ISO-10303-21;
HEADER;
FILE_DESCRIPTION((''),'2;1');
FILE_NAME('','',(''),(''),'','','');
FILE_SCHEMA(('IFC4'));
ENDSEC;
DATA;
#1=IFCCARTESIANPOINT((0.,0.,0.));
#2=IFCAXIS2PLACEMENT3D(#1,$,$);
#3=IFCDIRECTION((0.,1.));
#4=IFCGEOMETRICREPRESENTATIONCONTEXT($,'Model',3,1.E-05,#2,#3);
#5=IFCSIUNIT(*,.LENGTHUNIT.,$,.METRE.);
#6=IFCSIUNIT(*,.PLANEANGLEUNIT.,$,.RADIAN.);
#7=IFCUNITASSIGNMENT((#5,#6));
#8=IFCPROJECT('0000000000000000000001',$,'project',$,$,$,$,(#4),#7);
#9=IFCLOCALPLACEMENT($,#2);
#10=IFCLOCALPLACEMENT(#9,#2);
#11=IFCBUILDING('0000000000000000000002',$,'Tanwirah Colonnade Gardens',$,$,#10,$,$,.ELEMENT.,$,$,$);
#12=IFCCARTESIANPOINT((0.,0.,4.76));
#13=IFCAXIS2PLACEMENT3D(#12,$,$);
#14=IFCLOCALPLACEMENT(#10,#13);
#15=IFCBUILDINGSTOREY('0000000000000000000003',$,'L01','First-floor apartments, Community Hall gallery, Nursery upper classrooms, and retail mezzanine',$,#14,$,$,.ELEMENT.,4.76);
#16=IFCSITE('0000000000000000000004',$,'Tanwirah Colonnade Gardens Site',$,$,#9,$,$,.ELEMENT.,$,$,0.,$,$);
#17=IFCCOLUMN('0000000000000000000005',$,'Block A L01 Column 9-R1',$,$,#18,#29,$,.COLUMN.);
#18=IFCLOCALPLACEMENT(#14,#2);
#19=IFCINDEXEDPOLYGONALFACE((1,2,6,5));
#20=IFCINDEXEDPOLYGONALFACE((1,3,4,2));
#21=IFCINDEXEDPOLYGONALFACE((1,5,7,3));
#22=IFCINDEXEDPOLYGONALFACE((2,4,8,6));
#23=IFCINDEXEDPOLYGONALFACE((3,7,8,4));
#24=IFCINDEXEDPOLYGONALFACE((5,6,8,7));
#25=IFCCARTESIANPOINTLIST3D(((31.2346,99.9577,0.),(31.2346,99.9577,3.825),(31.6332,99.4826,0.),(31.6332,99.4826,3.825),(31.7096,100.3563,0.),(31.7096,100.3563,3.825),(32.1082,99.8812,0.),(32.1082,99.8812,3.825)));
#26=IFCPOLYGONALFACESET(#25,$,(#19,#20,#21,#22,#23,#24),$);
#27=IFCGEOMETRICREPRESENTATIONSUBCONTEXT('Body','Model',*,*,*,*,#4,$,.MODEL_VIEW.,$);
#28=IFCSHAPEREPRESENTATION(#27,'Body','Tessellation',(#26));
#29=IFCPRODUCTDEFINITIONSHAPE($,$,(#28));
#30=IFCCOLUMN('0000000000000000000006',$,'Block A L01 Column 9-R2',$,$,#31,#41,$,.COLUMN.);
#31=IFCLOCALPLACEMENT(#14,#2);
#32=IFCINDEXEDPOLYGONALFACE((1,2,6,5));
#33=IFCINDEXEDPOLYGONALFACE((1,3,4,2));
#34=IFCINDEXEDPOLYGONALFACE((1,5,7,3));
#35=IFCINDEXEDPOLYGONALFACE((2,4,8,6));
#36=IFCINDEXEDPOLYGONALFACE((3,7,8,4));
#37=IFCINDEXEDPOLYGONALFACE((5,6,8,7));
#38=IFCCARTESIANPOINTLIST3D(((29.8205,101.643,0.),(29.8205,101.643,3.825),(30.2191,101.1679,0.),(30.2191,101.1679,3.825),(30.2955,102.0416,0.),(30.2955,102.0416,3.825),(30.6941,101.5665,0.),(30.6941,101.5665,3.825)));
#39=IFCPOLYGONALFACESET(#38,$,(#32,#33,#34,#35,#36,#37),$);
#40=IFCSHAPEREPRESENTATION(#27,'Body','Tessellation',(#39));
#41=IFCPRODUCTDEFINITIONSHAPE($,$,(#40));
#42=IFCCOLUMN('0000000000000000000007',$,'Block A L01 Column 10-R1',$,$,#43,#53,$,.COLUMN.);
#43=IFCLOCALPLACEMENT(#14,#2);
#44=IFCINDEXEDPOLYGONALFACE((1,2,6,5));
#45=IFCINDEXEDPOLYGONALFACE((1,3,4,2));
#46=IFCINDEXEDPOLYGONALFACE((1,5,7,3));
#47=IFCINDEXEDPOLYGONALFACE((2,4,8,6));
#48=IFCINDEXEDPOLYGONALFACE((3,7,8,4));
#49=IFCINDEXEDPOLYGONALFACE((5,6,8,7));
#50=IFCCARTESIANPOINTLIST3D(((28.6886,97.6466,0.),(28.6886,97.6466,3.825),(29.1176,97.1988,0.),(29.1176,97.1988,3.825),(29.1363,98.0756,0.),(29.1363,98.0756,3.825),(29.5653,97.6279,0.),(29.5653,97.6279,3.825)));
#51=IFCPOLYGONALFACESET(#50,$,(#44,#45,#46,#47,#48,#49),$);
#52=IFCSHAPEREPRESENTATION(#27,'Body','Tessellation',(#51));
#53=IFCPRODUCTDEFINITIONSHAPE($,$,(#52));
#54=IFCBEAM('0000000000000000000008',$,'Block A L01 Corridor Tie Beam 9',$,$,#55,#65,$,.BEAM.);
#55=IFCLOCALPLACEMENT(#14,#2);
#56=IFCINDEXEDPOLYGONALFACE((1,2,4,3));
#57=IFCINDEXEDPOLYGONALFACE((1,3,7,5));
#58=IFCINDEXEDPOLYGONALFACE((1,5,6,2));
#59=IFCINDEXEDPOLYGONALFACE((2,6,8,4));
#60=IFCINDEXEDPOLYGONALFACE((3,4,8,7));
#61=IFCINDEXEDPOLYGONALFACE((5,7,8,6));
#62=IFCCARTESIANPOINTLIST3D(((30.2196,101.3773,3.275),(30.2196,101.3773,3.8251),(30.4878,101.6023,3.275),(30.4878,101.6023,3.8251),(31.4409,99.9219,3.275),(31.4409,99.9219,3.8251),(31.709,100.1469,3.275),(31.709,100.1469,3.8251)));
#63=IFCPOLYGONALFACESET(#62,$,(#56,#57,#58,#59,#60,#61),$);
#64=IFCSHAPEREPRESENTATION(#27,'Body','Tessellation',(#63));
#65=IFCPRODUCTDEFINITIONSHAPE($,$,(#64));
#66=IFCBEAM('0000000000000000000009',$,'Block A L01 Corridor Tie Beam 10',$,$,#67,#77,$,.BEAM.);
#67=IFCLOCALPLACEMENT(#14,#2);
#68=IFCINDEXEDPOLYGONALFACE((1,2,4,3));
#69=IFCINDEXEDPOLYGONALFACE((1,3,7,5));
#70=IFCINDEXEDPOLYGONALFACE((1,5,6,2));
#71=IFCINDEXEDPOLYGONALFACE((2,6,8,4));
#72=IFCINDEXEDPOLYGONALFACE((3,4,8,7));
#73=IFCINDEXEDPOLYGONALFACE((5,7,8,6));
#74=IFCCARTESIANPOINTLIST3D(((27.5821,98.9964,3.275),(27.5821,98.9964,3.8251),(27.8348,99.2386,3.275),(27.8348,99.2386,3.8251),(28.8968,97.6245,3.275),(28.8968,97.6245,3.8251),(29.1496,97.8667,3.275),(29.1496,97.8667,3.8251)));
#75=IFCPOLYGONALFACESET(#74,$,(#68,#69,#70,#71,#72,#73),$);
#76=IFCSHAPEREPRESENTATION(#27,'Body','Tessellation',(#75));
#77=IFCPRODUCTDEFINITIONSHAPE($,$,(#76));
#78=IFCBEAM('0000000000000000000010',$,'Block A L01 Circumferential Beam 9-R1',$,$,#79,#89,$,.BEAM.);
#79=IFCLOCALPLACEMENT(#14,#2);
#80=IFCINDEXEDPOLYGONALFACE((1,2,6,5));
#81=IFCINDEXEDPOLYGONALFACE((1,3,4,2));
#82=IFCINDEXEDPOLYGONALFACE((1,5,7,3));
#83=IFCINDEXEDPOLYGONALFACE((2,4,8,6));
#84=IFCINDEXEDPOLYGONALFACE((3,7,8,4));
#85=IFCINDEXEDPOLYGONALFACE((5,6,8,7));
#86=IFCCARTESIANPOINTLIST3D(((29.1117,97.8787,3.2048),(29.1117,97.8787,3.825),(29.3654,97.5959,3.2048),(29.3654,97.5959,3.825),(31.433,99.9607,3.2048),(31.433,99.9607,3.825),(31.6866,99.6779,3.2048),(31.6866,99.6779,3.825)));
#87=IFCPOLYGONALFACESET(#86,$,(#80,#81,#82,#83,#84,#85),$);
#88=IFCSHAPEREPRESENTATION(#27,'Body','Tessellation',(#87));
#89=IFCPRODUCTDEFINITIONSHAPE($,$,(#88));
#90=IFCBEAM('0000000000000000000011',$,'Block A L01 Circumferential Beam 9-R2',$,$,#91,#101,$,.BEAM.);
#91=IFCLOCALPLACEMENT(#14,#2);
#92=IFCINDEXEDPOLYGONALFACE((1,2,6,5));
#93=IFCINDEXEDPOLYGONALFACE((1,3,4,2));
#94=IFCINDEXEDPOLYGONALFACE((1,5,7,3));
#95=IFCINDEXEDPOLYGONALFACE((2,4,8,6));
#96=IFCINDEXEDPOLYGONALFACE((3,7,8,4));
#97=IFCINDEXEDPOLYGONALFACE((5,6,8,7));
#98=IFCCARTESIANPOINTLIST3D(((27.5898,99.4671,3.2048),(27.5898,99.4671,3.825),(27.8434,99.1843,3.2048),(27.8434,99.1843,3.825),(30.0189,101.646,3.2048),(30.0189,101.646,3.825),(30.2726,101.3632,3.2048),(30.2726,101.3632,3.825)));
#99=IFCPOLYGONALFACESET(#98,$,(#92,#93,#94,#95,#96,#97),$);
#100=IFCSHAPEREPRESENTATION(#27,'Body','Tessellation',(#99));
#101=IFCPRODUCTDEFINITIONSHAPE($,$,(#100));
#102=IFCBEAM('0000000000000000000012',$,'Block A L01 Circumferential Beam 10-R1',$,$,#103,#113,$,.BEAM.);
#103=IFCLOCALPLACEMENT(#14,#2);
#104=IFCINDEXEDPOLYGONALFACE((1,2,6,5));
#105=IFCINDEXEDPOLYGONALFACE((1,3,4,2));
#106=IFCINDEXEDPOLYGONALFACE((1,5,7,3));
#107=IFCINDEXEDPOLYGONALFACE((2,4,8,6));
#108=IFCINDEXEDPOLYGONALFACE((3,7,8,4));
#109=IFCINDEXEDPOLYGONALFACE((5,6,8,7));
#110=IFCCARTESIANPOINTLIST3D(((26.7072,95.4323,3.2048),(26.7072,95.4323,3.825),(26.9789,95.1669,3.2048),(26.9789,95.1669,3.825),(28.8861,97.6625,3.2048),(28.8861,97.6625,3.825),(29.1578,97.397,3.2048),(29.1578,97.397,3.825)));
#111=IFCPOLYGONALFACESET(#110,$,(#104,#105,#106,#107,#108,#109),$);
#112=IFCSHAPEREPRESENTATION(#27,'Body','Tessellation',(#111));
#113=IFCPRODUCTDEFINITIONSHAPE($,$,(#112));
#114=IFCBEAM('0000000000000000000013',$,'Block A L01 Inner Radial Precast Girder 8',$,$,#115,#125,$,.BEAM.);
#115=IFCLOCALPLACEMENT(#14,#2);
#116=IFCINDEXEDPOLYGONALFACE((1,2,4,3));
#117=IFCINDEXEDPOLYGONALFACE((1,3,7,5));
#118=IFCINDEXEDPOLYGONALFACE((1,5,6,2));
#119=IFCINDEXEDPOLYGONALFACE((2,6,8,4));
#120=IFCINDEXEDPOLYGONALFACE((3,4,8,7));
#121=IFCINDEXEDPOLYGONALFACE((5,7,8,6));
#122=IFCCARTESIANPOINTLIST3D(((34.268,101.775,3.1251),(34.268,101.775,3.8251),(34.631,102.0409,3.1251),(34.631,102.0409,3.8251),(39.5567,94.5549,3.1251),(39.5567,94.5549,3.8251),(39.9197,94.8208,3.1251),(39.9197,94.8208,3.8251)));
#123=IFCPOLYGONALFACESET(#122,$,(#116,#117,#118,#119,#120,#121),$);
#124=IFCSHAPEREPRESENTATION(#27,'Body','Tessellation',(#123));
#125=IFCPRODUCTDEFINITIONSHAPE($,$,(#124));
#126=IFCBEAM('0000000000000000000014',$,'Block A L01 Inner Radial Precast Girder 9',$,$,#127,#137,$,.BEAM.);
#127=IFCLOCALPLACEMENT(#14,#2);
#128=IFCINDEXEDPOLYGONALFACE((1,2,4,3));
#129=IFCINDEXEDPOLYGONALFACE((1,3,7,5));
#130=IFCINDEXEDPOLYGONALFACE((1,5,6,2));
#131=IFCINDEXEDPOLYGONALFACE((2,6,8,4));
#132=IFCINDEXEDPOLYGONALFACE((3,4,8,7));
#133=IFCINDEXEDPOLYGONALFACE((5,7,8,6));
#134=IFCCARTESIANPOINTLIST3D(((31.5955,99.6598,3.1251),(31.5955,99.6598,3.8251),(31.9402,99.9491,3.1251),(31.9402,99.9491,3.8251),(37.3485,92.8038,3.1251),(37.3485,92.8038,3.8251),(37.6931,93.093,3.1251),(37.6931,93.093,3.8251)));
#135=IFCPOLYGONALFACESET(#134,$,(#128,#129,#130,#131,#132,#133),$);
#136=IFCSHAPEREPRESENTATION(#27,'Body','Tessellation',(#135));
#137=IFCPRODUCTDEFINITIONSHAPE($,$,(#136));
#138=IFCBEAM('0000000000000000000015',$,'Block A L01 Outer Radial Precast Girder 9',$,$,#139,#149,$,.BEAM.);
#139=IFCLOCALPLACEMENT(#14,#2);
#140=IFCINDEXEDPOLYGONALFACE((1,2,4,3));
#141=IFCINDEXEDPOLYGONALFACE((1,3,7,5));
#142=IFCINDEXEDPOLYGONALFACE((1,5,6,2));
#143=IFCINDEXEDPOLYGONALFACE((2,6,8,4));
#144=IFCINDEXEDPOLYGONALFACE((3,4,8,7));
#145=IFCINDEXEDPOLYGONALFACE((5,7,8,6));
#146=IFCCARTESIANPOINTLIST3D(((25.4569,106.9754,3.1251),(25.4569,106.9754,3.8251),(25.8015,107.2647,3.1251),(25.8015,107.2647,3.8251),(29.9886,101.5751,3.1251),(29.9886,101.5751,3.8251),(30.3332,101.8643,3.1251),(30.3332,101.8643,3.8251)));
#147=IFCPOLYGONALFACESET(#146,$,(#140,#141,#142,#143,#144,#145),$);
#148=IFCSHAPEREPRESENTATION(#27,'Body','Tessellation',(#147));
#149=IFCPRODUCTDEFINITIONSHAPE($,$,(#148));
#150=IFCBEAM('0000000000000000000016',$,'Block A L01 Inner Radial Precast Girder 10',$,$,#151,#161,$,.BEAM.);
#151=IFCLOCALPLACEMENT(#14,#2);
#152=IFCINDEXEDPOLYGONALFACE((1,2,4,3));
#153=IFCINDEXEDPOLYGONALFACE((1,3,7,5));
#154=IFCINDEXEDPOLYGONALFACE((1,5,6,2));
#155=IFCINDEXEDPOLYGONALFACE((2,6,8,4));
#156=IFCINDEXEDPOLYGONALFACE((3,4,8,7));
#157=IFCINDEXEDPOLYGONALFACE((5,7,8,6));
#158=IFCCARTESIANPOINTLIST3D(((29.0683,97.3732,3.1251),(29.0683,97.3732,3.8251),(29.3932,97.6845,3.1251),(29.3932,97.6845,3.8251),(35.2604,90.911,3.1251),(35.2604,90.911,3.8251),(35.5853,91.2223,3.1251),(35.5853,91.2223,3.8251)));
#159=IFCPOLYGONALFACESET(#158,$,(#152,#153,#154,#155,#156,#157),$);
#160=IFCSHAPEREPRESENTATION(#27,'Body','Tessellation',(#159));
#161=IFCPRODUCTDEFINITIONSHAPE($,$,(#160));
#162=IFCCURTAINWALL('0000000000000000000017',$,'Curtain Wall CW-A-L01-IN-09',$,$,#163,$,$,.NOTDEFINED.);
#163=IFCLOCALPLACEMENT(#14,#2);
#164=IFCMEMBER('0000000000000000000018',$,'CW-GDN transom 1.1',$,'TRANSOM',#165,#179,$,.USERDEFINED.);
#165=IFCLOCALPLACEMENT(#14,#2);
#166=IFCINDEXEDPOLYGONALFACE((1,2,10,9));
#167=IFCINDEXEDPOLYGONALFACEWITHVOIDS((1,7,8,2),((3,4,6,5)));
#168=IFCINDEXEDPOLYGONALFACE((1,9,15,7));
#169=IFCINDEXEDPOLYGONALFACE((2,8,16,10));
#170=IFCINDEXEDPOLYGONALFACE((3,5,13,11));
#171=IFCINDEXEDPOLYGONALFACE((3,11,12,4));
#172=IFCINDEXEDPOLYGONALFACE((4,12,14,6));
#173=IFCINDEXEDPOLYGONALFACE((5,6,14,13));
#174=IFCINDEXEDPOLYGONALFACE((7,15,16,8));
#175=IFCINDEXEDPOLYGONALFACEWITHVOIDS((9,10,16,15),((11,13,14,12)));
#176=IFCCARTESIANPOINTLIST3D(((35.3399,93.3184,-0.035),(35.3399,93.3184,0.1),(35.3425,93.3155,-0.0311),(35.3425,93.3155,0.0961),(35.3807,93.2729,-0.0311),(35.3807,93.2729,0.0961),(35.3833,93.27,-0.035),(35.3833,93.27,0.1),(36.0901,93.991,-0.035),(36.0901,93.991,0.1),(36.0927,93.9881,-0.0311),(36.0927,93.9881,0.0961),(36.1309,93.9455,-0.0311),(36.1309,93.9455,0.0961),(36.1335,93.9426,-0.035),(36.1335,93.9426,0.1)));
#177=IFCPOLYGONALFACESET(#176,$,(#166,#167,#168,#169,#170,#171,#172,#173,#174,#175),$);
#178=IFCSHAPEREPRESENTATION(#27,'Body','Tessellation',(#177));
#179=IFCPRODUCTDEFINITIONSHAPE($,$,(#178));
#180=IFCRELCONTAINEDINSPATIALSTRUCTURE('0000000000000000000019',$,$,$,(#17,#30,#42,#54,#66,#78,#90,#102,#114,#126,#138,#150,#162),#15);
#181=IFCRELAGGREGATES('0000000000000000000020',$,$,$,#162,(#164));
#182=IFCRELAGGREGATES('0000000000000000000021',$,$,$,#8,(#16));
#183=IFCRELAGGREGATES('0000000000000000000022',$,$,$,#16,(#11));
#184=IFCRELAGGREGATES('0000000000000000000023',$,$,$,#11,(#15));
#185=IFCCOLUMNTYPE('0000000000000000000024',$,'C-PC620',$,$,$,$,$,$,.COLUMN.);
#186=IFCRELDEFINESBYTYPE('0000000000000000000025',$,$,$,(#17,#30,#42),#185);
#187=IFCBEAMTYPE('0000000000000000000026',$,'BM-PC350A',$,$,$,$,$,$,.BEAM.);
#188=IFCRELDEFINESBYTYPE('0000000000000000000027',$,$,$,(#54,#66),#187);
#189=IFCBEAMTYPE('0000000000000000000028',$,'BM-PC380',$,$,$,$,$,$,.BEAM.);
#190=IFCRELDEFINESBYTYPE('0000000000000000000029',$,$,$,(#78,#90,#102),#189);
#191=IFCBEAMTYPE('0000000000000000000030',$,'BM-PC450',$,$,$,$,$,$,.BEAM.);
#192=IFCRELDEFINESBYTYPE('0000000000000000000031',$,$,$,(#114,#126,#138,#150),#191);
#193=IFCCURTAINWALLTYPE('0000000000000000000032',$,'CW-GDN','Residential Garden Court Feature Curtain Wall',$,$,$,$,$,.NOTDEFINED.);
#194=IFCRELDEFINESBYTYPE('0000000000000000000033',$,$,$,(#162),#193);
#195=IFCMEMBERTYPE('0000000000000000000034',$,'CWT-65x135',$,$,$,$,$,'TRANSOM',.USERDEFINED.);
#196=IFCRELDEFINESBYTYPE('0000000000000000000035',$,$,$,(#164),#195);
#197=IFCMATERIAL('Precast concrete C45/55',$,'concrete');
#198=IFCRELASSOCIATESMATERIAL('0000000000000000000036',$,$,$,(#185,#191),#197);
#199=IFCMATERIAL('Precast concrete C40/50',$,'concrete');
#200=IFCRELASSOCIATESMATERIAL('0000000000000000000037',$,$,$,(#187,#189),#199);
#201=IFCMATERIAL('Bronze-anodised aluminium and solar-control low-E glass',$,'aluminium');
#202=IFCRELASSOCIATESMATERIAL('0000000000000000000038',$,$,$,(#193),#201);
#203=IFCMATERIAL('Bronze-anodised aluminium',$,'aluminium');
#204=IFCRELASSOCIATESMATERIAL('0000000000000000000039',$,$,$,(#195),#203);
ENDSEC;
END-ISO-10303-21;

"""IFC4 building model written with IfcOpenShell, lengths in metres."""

from ifc_helpers import new_model, si_unit, direction, frame, origin, origin_2d, place, context, subcontext, project, spatial, rectangle, hollow_rectangle, extrude, material, material_profile, profile_set, type_object, element, aggregate, save


model = new_model("IFC4")

# Units and contexts
model_context = context("Model", 3, precision=1e-05, world=origin(), true_north=direction((0.0, 1.0)))
body_context = subcontext(model_context, "Body", "Model", "MODEL_VIEW")
ifc_project = project(units=[si_unit("LENGTHUNIT", "METRE"), si_unit("PLANEANGLEUNIT", "RADIAN")], contexts=[model_context])

# Site, building, storey
site_placement = place(None, origin())
site = spatial("IfcSite", under=ifc_project, at=site_placement, Name="Tanwirah Colonnade Gardens Site", CompositionType="ELEMENT", RefElevation=0.0)
building_placement = place(site_placement, origin())
building = spatial("IfcBuilding", under=site, at=building_placement, Name="Tanwirah Colonnade Gardens", CompositionType="ELEMENT")
storey_placement = place(building_placement, frame((0.0, 0.0, 4.76)))
storey = spatial("IfcBuildingStorey", under=building, at=storey_placement, Name="L01", Description="First-floor apartments, Community Hall gallery, Nursery upper classrooms, and retail mezzanine", CompositionType="ELEMENT", Elevation=4.76)

# Columns
ifc_material_1 = material(Name="Precast concrete C45/55", Category="concrete")
ifc_material_profile_1 = material_profile(ifc_material_1, rectangle(XDim=0.6201, YDim=0.6201, at=origin_2d()), Name="PC-COL 620x620")
ifc_profile_set_1 = profile_set([ifc_material_profile_1], Name="Precast concrete C45/55")
column_type = type_object("IfcColumnType", Name="C-PC620", PredefinedType="COLUMN", material=ifc_profile_set_1)
for number, where, z_axis, x_axis, name in (
    (1, (31.6714, 99.9194, 0.0), (0.0, 0.0, 1.0), (-0.642788, 0.766044, 0.0), "Block A L01 Column 9-R1"),
    (2, (30.2573, 101.6047, 0.0), (0.0, 0.0, 1.0), (-0.642788, 0.766044, 0.0), "Block A L01 Column 9-R2"),
    (3, (29.127, 97.6372, 0.0), (0.0, 0.0, 1.0), (-0.691863, 0.722029, 0.0), "Block A L01 Column 10-R1"),
):
    element("IfcColumn", number, at=place(storey_placement, frame(where, z_axis=z_axis, x_axis=x_axis)), inside=storey, type_object=column_type, Name=name, PredefinedType="COLUMN", context=body_context, shape_type="SweptSolid", body=[
        extrude(rectangle(XDim=0.6201, YDim=0.6201, at=origin_2d()), origin(), (0.0, 0.0, 1.0), 3.825),
    ])

# Beams
ifc_material_2 = material(Name="Precast concrete C40/50", Category="concrete")
ifc_material_profile_2 = material_profile(ifc_material_2, rectangle(XDim=0.3501, YDim=0.55, at=origin_2d()), Name="PC-BM 350x550")
ifc_profile_set_2 = profile_set([ifc_material_profile_2], Name="Precast concrete C40/50")
beam_type_1 = type_object("IfcBeamType", Name="BM-PC350A", PredefinedType="BEAM", material=ifc_profile_set_2)
beam_1_placement = place(storey_placement, frame((31.575, 100.0344, 3.55), z_axis=(-0.642797, 0.766036, 0.0), x_axis=(-0.766036, -0.642797, 0.0)))
element("IfcBeam", 4, at=beam_1_placement, inside=storey, type_object=beam_type_1, Name="Block A L01 Corridor Tie Beam 9", PredefinedType="BEAM", context=body_context, shape_type="SweptSolid", body=[
    extrude(rectangle(XDim=0.3501, YDim=0.55, at=origin_2d()), origin(), (0.0, 0.0, 1.0), 1.8999),
])
beam_2_placement = place(storey_placement, frame((29.0232, 97.7456, 3.55), z_axis=(-0.691914, 0.72198, 0.0), x_axis=(-0.72198, -0.691914, 0.0)))
element("IfcBeam", 5, at=beam_2_placement, inside=storey, type_object=beam_type_1, Name="Block A L01 Corridor Tie Beam 10", PredefinedType="BEAM", context=body_context, shape_type="SweptSolid", body=[
    extrude(rectangle(XDim=0.3501, YDim=0.55, at=origin_2d()), origin(), (0.0, 0.0, 1.0), 1.9001),
])
ifc_material_profile_3 = material_profile(ifc_material_2, rectangle(XDim=0.3799, YDim=0.6201, at=origin_2d()), Name="PC-BM 380x620")
ifc_profile_set_3 = profile_set([ifc_material_profile_3], Name="Precast concrete C40/50")
beam_type_2 = type_object("IfcBeamType", Name="BM-PC380", PredefinedType="BEAM", material=ifc_profile_set_3)
beam_3_placement = place(storey_placement, frame((31.5598, 99.8193, 3.5149), z_axis=(-0.74443, -0.667701, 0.0), x_axis=(0.667701, -0.74443, 0.0)))
element("IfcBeam", 6, at=beam_3_placement, inside=storey, type_object=beam_type_2, Name="Block A L01 Circumferential Beam 9-R1", PredefinedType="BEAM", context=body_context, shape_type="SweptSolid", body=[
    extrude(rectangle(XDim=0.3799, YDim=0.6201, at=origin_2d()), origin(), (0.0, 0.0, 1.0), 3.1182),
])
beam_4_placement = place(storey_placement, frame((30.1458, 101.5046, 3.5149), z_axis=(-0.744409, -0.667724, 0.0), x_axis=(0.667724, -0.744409, 0.0)))
element("IfcBeam", 7, at=beam_4_placement, inside=storey, type_object=beam_type_2, Name="Block A L01 Circumferential Beam 9-R2", PredefinedType="BEAM", context=body_context, shape_type="SweptSolid", body=[
    extrude(rectangle(XDim=0.3799, YDim=0.6201, at=origin_2d()), origin(), (0.0, 0.0, 1.0), 3.2632),
])
beam_5_placement = place(storey_placement, frame((29.022, 97.5298, 3.5149), z_axis=(-0.698837, -0.715281, 0.0), x_axis=(0.715281, -0.698837, 0.0)))
element("IfcBeam", 8, at=beam_5_placement, inside=storey, type_object=beam_type_2, Name="Block A L01 Circumferential Beam 10-R1", PredefinedType="BEAM", context=body_context, shape_type="SweptSolid", body=[
    extrude(rectangle(XDim=0.3799, YDim=0.6201, at=origin_2d()), origin(), (0.0, 0.0, 1.0), 3.1179),
])
ifc_material_profile_4 = material_profile(ifc_material_1, rectangle(XDim=0.45, YDim=0.7, at=origin_2d()), Name="PC-BM 450x700")
ifc_profile_set_4 = profile_set([ifc_material_profile_4], Name="Precast concrete C45/55")
beam_type_3 = type_object("IfcBeamType", Name="BM-PC450", PredefinedType="BEAM", material=ifc_profile_set_4)
for number, where, z_axis, x_axis, name in (
    (9, (34.4495, 101.908, 3.4751), (0.590927, -0.806725, 0.0), (0.806725, 0.590927, 0.0), "Block A L01 Inner Radial Precast Girder 8"),
    (10, (31.7678, 99.8044, 3.4751), (0.642794, -0.766039, 0.0), (0.766039, 0.642794, 0.0), "Block A L01 Inner Radial Precast Girder 9"),
):
    element("IfcBeam", number, at=place(storey_placement, frame(where, z_axis=z_axis, x_axis=x_axis)), inside=storey, type_object=beam_type_3, Name=name, PredefinedType="BEAM", context=body_context, shape_type="SweptSolid", body=[
        extrude(rectangle(XDim=0.45, YDim=0.7, at=origin_2d()), origin(), (0.0, 0.0, 1.0), 8.95),
    ])
beam_6_placement = place(storey_placement, frame((30.1609, 101.7197, 3.4751), z_axis=(-0.64281, 0.766025, 0.0), x_axis=(-0.766025, -0.64281, 0.0)))
element("IfcBeam", 11, at=beam_6_placement, inside=storey, type_object=beam_type_3, Name="Block A L01 Outer Radial Precast Girder 9", PredefinedType="BEAM", context=body_context, shape_type="SweptSolid", body=[
    extrude(rectangle(XDim=0.45, YDim=0.7, at=origin_2d()), origin(), (0.0, 0.0, 1.0), 7.0498),
])
beam_7_placement = place(storey_placement, frame((29.2307, 97.5288, 3.4751), z_axis=(0.691861, -0.722031, 0.0), x_axis=(0.722031, 0.691861, 0.0)))
element("IfcBeam", 12, at=beam_7_placement, inside=storey, type_object=beam_type_3, Name="Block A L01 Inner Radial Precast Girder 10", PredefinedType="BEAM", context=body_context, shape_type="SweptSolid", body=[
    extrude(rectangle(XDim=0.45, YDim=0.7, at=origin_2d()), origin(), (0.0, 0.0, 1.0), 8.95),
])

# Curtain wall, member
ifc_material_3 = material(Name="Bronze-anodised aluminium and solar-control low-E glass", Category="aluminium")
curtain_wall_type = type_object("IfcCurtainWallType", Name="CW-GDN", Description="Residential Garden Court Feature Curtain Wall", PredefinedType="NOTDEFINED", material=ifc_material_3)
curtain_wall_placement = place(storey_placement, origin())
curtain_wall = element("IfcCurtainWall", 13, at=curtain_wall_placement, inside=storey, type_object=curtain_wall_type, Name="Curtain Wall CW-A-L01-IN-09", PredefinedType="NOTDEFINED")
ifc_material_4 = material(Name="Bronze-anodised aluminium", Category="aluminium")
ifc_material_profile_5 = material_profile(ifc_material_4, hollow_rectangle(XDim=0.0649, YDim=0.135, WallThickness=0.0039, at=origin_2d()), Name="CW-TRN 65x135x4")
ifc_profile_set_5 = profile_set([ifc_material_profile_5], Name="Bronze-anodised aluminium")
member_type = type_object("IfcMemberType", Name="CWT-65x135", ElementType="TRANSOM", PredefinedType="USERDEFINED", material=ifc_profile_set_5)
member_placement = place(storey_placement, frame((36.1118, 93.9668, 0.0325), z_axis=(-0.744582, -0.667531, 0.0), x_axis=(0.667531, -0.744582, 0.0)))
member = element("IfcMember", 14, at=member_placement, type_object=member_type, Name="CW-GDN transom 1.1", ObjectType="TRANSOM", PredefinedType="USERDEFINED", context=body_context, shape_type="SweptSolid", body=[
    extrude(hollow_rectangle(XDim=0.0649, YDim=0.135, WallThickness=0.0039, at=origin_2d()), origin(), (0.0, 0.0, 1.0), 1.0076),
])
aggregate(curtain_wall, [member])

save(model, "model.ifc")
